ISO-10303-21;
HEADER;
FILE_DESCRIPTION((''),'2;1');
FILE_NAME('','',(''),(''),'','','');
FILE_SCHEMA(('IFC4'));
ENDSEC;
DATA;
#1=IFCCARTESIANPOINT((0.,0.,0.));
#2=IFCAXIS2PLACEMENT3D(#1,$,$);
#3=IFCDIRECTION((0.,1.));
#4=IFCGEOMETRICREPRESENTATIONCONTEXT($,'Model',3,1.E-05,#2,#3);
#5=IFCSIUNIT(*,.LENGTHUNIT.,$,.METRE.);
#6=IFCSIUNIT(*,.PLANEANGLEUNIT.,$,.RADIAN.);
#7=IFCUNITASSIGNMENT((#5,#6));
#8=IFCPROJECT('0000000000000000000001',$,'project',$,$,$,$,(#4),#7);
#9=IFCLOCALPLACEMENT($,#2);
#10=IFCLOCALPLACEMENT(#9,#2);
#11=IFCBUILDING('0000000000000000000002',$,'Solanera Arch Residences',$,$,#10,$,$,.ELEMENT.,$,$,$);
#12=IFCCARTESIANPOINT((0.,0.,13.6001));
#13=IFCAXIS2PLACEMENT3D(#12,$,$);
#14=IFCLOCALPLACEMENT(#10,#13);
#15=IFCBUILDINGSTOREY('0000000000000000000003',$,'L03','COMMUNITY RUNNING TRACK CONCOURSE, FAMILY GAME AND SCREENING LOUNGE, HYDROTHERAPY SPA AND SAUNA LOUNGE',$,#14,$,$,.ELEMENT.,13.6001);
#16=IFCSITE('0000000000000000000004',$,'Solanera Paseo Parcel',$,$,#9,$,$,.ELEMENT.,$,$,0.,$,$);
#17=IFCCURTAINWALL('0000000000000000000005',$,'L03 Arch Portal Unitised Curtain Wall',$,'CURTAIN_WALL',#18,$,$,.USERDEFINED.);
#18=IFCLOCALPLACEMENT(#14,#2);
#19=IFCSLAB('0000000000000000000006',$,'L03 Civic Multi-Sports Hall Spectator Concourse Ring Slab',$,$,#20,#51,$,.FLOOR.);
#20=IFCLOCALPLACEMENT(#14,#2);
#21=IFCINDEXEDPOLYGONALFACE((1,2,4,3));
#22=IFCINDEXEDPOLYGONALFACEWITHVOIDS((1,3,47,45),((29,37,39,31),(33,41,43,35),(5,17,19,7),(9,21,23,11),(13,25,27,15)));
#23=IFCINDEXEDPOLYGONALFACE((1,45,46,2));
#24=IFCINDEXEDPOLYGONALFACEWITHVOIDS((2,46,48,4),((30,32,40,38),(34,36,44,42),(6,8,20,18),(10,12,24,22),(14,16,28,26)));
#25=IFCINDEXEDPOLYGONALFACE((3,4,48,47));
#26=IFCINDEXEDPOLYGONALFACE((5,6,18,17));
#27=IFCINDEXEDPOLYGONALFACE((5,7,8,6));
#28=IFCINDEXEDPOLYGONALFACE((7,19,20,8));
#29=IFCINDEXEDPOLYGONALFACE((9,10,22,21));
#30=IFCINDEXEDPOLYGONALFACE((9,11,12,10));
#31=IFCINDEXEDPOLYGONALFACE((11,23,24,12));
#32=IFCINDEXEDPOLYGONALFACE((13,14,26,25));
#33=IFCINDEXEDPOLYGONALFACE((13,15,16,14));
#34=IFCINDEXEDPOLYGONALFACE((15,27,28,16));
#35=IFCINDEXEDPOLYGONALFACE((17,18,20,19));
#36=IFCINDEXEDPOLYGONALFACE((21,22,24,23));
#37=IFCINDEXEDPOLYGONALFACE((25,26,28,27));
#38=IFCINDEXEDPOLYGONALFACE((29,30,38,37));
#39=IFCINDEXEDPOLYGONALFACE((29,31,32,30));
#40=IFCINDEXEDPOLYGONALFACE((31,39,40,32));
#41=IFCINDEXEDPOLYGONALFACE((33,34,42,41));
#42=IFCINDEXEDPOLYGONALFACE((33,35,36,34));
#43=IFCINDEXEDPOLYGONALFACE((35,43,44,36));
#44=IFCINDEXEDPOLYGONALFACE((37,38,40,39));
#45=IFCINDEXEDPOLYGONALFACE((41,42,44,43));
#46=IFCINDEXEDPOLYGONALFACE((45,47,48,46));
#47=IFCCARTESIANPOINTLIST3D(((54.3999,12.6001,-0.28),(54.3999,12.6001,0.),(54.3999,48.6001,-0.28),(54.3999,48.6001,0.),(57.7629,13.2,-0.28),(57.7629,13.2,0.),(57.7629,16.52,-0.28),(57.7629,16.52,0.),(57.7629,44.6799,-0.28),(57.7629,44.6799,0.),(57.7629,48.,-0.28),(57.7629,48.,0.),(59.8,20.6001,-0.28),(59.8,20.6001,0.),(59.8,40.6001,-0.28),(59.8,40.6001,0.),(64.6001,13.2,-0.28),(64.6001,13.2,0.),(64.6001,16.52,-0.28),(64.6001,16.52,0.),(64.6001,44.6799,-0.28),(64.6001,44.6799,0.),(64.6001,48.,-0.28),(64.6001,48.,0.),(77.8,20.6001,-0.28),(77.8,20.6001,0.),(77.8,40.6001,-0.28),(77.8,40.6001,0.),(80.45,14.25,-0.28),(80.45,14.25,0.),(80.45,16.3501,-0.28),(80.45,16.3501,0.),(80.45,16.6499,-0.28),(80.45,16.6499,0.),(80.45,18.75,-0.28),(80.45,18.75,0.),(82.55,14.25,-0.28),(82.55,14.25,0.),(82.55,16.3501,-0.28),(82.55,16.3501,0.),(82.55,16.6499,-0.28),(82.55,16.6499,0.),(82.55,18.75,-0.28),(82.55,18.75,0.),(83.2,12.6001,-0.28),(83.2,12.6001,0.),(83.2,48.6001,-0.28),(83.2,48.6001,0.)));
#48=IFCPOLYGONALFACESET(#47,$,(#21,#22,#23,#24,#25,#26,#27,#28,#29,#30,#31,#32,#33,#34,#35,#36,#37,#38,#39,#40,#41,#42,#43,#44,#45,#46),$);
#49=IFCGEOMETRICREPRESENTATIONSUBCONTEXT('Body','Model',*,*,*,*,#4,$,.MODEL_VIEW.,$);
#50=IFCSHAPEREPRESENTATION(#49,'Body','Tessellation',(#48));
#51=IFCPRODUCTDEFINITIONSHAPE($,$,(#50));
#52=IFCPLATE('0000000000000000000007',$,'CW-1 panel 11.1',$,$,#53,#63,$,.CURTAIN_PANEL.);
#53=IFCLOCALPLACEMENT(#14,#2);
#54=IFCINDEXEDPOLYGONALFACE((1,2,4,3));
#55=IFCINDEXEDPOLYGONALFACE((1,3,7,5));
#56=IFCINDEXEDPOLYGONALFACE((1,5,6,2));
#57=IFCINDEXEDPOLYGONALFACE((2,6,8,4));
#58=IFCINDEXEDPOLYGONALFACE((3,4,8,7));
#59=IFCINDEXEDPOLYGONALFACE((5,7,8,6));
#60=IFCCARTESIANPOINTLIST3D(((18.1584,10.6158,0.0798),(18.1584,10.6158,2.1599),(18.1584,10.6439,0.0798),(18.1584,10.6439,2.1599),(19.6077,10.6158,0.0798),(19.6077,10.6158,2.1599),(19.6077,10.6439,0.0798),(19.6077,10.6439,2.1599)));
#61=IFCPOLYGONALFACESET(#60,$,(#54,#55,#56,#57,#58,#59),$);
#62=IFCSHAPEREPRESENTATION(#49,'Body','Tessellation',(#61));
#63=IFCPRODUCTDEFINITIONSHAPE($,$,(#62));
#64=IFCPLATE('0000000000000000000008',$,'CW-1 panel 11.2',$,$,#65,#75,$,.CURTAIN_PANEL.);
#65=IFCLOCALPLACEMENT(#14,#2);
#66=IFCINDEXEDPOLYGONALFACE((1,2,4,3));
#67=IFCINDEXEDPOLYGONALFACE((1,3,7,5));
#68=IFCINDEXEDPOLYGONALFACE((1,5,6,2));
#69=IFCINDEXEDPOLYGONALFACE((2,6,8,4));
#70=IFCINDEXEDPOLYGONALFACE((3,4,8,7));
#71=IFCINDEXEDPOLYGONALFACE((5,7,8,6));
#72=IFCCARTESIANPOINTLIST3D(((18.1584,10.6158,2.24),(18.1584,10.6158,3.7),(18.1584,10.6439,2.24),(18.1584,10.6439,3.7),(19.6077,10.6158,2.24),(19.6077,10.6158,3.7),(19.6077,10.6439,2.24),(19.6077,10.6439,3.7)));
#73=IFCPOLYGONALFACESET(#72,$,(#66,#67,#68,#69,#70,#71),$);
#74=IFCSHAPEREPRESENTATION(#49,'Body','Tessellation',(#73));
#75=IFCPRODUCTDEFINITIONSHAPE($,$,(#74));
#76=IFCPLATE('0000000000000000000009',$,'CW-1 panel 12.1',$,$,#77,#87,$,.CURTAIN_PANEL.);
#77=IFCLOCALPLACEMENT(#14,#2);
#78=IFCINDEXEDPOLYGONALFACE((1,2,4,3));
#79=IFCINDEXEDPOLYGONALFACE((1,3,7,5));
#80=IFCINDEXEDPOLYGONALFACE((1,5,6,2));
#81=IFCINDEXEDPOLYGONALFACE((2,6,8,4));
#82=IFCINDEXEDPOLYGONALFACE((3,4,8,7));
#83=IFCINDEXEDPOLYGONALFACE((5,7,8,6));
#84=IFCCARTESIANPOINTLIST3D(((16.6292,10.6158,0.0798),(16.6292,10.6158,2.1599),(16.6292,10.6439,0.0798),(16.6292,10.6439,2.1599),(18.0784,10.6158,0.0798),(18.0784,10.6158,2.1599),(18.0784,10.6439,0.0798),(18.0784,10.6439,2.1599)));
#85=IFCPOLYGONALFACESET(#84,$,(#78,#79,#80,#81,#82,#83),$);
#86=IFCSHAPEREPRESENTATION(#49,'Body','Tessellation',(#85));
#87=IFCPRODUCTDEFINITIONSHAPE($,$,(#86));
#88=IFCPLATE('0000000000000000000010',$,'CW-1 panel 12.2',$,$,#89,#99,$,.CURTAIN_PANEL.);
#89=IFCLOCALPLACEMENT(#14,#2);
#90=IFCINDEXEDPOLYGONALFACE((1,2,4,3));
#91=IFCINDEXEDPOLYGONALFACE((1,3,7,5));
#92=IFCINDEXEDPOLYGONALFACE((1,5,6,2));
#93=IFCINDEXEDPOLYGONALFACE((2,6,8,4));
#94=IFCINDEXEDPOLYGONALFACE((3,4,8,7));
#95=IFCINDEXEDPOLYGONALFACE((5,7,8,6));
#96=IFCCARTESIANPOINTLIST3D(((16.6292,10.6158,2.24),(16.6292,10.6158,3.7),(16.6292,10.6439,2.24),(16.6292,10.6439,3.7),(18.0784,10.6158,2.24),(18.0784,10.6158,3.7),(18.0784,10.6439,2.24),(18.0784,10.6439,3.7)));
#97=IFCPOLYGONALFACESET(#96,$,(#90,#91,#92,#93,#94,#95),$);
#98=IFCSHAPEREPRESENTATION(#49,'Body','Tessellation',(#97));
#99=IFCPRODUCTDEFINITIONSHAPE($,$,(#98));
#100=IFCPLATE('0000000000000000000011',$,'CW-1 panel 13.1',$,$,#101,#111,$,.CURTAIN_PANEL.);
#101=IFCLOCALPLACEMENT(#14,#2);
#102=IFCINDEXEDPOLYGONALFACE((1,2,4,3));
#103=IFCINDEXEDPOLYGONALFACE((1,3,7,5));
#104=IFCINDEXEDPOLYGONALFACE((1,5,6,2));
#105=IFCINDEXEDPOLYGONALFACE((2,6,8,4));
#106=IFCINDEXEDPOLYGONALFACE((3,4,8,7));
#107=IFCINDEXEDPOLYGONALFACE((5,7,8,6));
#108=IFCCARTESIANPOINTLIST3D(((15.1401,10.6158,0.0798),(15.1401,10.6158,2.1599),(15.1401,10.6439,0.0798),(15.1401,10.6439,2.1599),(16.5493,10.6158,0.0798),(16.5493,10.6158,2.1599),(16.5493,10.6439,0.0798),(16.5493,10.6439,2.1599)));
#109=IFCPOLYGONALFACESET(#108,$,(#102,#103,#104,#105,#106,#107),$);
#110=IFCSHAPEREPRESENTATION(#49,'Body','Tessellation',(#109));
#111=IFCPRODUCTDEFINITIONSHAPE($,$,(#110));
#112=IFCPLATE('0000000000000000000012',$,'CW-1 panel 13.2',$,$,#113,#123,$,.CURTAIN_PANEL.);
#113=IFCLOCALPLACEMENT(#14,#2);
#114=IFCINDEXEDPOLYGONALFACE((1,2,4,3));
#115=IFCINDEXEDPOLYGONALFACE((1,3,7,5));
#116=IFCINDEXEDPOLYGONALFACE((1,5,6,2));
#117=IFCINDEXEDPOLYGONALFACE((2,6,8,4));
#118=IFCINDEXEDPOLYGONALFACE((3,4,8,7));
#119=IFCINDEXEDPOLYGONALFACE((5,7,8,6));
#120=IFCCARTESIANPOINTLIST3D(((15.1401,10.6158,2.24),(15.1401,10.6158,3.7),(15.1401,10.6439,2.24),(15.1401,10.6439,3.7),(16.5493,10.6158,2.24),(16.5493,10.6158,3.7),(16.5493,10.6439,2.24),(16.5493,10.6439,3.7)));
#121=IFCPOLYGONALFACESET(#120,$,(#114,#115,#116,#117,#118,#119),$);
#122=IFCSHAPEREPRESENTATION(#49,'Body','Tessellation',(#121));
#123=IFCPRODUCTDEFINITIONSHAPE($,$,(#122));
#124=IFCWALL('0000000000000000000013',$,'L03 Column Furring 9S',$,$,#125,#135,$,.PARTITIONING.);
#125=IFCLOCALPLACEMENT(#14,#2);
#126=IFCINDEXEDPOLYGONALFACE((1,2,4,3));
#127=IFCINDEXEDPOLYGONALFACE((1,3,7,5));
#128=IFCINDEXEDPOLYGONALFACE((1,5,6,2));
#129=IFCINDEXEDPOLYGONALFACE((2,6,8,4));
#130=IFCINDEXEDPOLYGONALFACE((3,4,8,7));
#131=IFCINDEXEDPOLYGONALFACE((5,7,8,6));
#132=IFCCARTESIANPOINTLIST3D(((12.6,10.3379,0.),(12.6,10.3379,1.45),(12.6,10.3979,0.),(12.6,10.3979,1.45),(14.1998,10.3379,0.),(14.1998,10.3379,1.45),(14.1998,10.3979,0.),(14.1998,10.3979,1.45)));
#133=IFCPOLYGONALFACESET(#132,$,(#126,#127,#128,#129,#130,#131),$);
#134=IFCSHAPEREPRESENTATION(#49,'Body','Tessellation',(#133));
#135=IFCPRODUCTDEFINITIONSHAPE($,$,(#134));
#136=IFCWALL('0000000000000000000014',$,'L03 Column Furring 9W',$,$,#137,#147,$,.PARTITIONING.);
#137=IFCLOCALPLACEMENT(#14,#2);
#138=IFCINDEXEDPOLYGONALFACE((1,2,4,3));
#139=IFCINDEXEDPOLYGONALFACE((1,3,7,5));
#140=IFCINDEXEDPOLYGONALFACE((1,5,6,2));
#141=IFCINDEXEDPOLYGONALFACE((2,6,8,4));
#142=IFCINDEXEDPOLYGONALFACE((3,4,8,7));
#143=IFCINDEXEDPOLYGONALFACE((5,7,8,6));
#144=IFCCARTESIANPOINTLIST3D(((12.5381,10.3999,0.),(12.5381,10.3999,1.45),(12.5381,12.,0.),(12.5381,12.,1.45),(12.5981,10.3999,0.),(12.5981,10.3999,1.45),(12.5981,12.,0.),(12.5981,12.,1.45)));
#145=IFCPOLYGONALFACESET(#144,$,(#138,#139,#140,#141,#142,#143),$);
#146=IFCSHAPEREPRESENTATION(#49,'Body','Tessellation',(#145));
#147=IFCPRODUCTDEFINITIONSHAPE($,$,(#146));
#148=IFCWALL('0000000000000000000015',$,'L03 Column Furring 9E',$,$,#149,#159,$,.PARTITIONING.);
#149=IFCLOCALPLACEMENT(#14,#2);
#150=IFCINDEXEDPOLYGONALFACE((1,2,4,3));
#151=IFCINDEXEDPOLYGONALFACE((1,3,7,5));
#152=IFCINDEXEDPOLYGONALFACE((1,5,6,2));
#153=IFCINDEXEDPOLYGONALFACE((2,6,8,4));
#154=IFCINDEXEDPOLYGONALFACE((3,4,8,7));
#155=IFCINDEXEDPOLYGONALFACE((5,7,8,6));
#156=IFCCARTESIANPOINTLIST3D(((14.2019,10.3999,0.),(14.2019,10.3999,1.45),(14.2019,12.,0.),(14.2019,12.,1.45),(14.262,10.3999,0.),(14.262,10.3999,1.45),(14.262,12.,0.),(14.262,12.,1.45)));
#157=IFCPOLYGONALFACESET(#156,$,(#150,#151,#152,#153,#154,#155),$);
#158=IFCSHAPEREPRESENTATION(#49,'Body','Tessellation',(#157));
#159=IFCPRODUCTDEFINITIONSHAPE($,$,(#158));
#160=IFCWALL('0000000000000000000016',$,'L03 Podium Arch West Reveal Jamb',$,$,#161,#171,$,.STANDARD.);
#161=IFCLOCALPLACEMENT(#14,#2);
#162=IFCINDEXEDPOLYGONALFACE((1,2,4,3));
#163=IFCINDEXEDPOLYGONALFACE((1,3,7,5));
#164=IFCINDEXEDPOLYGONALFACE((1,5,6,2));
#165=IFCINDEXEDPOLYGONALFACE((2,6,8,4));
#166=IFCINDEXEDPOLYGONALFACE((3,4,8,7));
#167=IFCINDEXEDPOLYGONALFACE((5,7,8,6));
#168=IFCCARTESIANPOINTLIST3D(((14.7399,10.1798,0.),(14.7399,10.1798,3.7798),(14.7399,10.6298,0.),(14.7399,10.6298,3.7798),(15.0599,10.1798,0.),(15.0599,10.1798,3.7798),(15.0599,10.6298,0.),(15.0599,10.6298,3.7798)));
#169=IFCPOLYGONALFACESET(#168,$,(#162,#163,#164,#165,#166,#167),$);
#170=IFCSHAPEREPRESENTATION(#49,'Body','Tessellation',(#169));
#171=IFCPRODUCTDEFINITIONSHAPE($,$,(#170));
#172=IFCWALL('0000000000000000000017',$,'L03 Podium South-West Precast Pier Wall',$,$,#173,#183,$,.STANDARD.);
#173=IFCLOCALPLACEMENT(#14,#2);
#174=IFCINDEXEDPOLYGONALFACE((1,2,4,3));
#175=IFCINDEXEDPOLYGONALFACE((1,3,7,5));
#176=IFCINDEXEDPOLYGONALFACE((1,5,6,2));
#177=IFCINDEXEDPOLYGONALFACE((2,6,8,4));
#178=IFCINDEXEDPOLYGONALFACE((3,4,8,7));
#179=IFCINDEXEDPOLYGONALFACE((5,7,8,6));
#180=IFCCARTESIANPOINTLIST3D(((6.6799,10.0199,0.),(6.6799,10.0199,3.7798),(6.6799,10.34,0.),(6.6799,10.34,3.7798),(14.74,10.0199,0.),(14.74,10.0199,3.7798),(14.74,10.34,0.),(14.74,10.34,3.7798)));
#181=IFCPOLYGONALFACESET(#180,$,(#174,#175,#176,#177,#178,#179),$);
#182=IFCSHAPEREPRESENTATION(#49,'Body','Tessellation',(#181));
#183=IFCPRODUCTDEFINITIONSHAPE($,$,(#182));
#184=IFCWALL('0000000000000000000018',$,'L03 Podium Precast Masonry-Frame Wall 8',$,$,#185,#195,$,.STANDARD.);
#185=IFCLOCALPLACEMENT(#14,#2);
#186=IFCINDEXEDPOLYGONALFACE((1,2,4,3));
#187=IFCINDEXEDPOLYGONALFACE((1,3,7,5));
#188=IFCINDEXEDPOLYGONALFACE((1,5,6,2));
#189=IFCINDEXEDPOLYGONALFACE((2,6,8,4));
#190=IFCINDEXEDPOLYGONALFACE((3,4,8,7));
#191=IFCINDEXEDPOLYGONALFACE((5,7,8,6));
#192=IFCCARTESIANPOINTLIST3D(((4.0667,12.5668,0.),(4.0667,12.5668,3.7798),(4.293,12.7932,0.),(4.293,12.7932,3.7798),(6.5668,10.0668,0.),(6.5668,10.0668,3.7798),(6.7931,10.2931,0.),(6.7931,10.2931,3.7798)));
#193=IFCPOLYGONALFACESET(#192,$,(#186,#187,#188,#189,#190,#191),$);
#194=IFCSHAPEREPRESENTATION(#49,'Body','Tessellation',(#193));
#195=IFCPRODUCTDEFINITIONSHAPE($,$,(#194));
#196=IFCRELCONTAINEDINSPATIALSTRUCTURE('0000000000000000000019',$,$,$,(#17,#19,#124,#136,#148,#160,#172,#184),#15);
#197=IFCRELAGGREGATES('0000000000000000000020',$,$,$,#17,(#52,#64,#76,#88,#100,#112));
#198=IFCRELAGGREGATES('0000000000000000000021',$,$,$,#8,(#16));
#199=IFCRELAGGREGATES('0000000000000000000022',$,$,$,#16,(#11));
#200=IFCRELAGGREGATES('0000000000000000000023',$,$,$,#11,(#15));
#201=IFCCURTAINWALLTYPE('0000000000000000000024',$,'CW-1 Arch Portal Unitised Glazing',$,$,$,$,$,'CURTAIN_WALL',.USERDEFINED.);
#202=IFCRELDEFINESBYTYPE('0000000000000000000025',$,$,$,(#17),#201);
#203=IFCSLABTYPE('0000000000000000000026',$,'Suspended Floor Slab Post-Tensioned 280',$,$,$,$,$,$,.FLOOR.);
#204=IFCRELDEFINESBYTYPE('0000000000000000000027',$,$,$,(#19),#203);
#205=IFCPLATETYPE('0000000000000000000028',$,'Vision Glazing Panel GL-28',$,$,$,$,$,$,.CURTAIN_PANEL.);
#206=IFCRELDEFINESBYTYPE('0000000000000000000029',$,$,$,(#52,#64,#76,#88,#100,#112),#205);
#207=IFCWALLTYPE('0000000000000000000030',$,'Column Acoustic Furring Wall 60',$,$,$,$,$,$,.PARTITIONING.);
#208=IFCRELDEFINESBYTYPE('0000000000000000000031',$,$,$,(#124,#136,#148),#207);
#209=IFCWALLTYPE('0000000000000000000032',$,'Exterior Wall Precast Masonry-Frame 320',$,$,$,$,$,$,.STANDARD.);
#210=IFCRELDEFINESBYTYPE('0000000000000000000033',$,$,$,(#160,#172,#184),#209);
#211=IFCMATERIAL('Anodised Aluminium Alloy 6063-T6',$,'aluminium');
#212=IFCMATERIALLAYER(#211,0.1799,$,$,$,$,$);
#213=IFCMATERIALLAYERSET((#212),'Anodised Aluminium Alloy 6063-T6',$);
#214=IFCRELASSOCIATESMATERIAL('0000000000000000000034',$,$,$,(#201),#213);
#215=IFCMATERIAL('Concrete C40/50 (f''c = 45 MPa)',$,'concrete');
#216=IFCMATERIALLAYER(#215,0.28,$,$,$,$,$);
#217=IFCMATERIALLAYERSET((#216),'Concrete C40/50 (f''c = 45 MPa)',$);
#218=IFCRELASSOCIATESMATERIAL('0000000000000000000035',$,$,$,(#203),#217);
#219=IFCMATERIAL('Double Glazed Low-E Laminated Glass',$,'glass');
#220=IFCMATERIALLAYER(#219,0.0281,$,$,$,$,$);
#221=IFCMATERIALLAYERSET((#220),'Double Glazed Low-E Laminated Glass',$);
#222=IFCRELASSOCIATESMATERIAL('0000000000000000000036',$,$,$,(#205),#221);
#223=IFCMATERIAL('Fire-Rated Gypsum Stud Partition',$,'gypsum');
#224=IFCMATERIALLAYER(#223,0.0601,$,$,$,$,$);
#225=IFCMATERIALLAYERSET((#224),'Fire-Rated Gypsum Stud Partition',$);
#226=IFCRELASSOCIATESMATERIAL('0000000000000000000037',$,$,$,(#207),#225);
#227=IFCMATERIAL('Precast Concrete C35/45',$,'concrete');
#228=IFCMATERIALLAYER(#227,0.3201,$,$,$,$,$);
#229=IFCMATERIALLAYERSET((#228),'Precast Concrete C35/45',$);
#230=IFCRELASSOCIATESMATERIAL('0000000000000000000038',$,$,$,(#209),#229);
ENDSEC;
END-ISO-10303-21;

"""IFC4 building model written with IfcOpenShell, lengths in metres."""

from ifc_helpers import new_model, si_unit, direction, frame, frame_2d, origin, origin_2d, place, context, subcontext, project, spatial, polyline, rectangle, outline, extrude, material, layer, layer_set, type_object, element, aggregate, save


model = new_model("IFC4")

# Units and contexts
model_context = context("Model", 3, precision=1e-05, world=origin(), true_north=direction((0.0, 1.0)))
body_context = subcontext(model_context, "Body", "Model", "MODEL_VIEW")
ifc_project = project(units=[si_unit("LENGTHUNIT", "METRE"), si_unit("PLANEANGLEUNIT", "RADIAN")], contexts=[model_context])

# Site, building, storey
site_placement = place(None, origin())
site = spatial("IfcSite", under=ifc_project, at=site_placement, Name="Solanera Paseo Parcel", CompositionType="ELEMENT", RefElevation=0.0)
building_placement = place(site_placement, origin())
building = spatial("IfcBuilding", under=site, at=building_placement, Name="Solanera Arch Residences", CompositionType="ELEMENT")
storey_placement = place(building_placement, frame((0.0, 0.0, 13.6001)))
storey = spatial("IfcBuildingStorey", under=building, at=storey_placement, Name="L03", Description="COMMUNITY RUNNING TRACK CONCOURSE, FAMILY GAME AND SCREENING LOUNGE, HYDROTHERAPY SPA AND SAUNA LOUNGE", CompositionType="ELEMENT", Elevation=13.6001)

# Curtain wall
ifc_material_1 = material(Name="Anodised Aluminium Alloy 6063-T6", Category="aluminium")
ifc_layer_1 = layer(ifc_material_1, 0.1799)
ifc_layer_set_1 = layer_set([ifc_layer_1], Name="Anodised Aluminium Alloy 6063-T6")
curtain_wall_type = type_object("IfcCurtainWallType", Name="CW-1 Arch Portal Unitised Glazing", ElementType="CURTAIN_WALL", PredefinedType="USERDEFINED", material=ifc_layer_set_1)
curtain_wall_placement = place(storey_placement, origin())
curtain_wall = element("IfcCurtainWall", 1, at=curtain_wall_placement, inside=storey, type_object=curtain_wall_type, Name="L03 Arch Portal Unitised Curtain Wall", ObjectType="CURTAIN_WALL", PredefinedType="USERDEFINED")

# Slab
ifc_material_2 = material(Name="Concrete C40/50 (f'c = 45 MPa)", Category="concrete")
ifc_layer_2 = layer(ifc_material_2, 0.28)
ifc_layer_set_2 = layer_set([ifc_layer_2], Name="Concrete C40/50 (f'c = 45 MPa)")
slab_type_1 = type_object("IfcSlabType", Name="Suspended Floor Slab Post-Tensioned 280", PredefinedType="FLOOR", material=ifc_layer_set_2)
slab_1_placement = place(storey_placement, frame((0.0, 0.0, -0.28)))
element("IfcSlab", 2, at=slab_1_placement, inside=storey, type_object=slab_type_1, Name="L03 Civic Multi-Sports Hall Spectator Concourse Ring Slab", PredefinedType="FLOOR", context=body_context, shape_type="SweptSolid", body=[
    extrude(outline(polyline([(54.3999, 12.6001), (83.2, 12.6001), (83.2, 48.6001), (54.3999, 48.6001), (54.3999, 12.6001)]), holes=[polyline([(57.7629, 16.52), (64.6001, 16.52), (64.6001, 13.2), (57.7629, 13.2), (57.7629, 16.52)]), polyline([(57.7629, 48.0), (64.6001, 48.0), (64.6001, 44.6799), (57.7629, 44.6799), (57.7629, 48.0)]), polyline([(80.45, 16.3501), (82.55, 16.3501), (82.55, 14.25), (80.45, 14.25), (80.45, 16.3501)]), polyline([(80.45, 18.75), (82.55, 18.75), (82.55, 16.6499), (80.45, 16.6499), (80.45, 18.75)]), polyline([(59.8, 40.6001), (77.8, 40.6001), (77.8, 20.6001), (59.8, 20.6001), (59.8, 40.6001)])]), origin(), (0.0, 0.0, 1.0), 0.28),
])

# Plates
ifc_material_3 = material(Name="Double Glazed Low-E Laminated Glass", Category="glass")
ifc_layer_3 = layer(ifc_material_3, 0.0281)
ifc_layer_set_3 = layer_set([ifc_layer_3], Name="Double Glazed Low-E Laminated Glass")
plate_type = type_object("IfcPlateType", Name="Vision Glazing Panel GL-28", PredefinedType="CURTAIN_PANEL", material=ifc_layer_set_3)
plate_1_placement = place(storey_placement, frame((18.8831, 10.6299, 0.0798), z_axis=(0.0, 0.0, 1.0), x_axis=(-1.0, 0.0, 0.0)))
plate_1 = element("IfcPlate", 3, at=plate_1_placement, type_object=plate_type, Name="CW-1 panel 11.1", PredefinedType="CURTAIN_PANEL", context=body_context, shape_type="SweptSolid", body=[
    extrude(rectangle(XDim=1.4492, YDim=0.0281, at=origin_2d()), origin(), (0.0, 0.0, 1.0), 2.0801),
])
plate_2_placement = place(storey_placement, frame((18.8831, 10.6299, 2.24), z_axis=(0.0, 0.0, 1.0), x_axis=(-1.0, 0.0, 0.0)))
plate_2 = element("IfcPlate", 4, at=plate_2_placement, type_object=plate_type, Name="CW-1 panel 11.2", PredefinedType="CURTAIN_PANEL", context=body_context, shape_type="SweptSolid", body=[
    extrude(rectangle(XDim=1.4492, YDim=0.0281, at=origin_2d()), origin(), (0.0, 0.0, 1.0), 1.46),
])
plate_3_placement = place(storey_placement, frame((17.3538, 10.6299, 0.0798), z_axis=(0.0, 0.0, 1.0), x_axis=(-1.0, 0.0, 0.0)))
plate_3 = element("IfcPlate", 5, at=plate_3_placement, type_object=plate_type, Name="CW-1 panel 12.1", PredefinedType="CURTAIN_PANEL", context=body_context, shape_type="SweptSolid", body=[
    extrude(rectangle(XDim=1.4492, YDim=0.0281, at=origin_2d()), origin(), (0.0, 0.0, 1.0), 2.0801),
])
plate_4_placement = place(storey_placement, frame((17.3538, 10.6299, 2.24), z_axis=(0.0, 0.0, 1.0), x_axis=(-1.0, 0.0, 0.0)))
plate_4 = element("IfcPlate", 6, at=plate_4_placement, type_object=plate_type, Name="CW-1 panel 12.2", PredefinedType="CURTAIN_PANEL", context=body_context, shape_type="SweptSolid", body=[
    extrude(rectangle(XDim=1.4492, YDim=0.0281, at=origin_2d()), origin(), (0.0, 0.0, 1.0), 1.46),
])
plate_5_placement = place(storey_placement, frame((15.8447, 10.6299, 0.0798), z_axis=(0.0, 0.0, 1.0), x_axis=(-1.0, 0.0, 0.0)))
plate_5 = element("IfcPlate", 7, at=plate_5_placement, type_object=plate_type, Name="CW-1 panel 13.1", PredefinedType="CURTAIN_PANEL", context=body_context, shape_type="SweptSolid", body=[
    extrude(rectangle(XDim=1.4092, YDim=0.0281, at=origin_2d()), origin(), (0.0, 0.0, 1.0), 2.0801),
])
plate_6_placement = place(storey_placement, frame((15.8447, 10.6299, 2.24), z_axis=(0.0, 0.0, 1.0), x_axis=(-1.0, 0.0, 0.0)))
plate_6 = element("IfcPlate", 8, at=plate_6_placement, type_object=plate_type, Name="CW-1 panel 13.2", PredefinedType="CURTAIN_PANEL", context=body_context, shape_type="SweptSolid", body=[
    extrude(rectangle(XDim=1.4092, YDim=0.0281, at=origin_2d()), origin(), (0.0, 0.0, 1.0), 1.46),
])
aggregate(curtain_wall, [plate_1, plate_2, plate_3, plate_4, plate_5, plate_6])

# Walls
ifc_material_4 = material(Name="Fire-Rated Gypsum Stud Partition", Category="gypsum")
ifc_layer_4 = layer(ifc_material_4, 0.0601)
ifc_layer_set_4 = layer_set([ifc_layer_4], Name="Fire-Rated Gypsum Stud Partition")
wall_type_1 = type_object("IfcWallType", Name="Column Acoustic Furring Wall 60", PredefinedType="PARTITIONING", material=ifc_layer_set_4)
wall_1_placement = place(storey_placement, frame((12.6001, 10.3679, 0.0), z_axis=(0.0, 0.0, 1.0), x_axis=(1.0, 0.0, 0.0)))
element("IfcWall", 9, at=wall_1_placement, inside=storey, type_object=wall_type_1, Name="L03 Column Furring 9S", PredefinedType="PARTITIONING", context=body_context, shape_type="SweptSolid", body=[
    extrude(rectangle(XDim=1.5999, YDim=0.0601, at=frame_2d((0.7998, 0.0))), origin(), (0.0, 0.0, 1.0), 1.45),
])
for number, where, z_axis, x_axis, name in (
    (10, (12.5681, 10.3999, 0.0), (0.0, 0.0, 1.0), (0.0, 1.0, 0.0), "L03 Column Furring 9W"),
    (11, (14.2319, 10.3999, 0.0), (0.0, 0.0, 1.0), (0.0, 1.0, 0.0), "L03 Column Furring 9E"),
):
    element("IfcWall", number, at=place(storey_placement, frame(where, z_axis=z_axis, x_axis=x_axis)), inside=storey, type_object=wall_type_1, Name=name, PredefinedType="PARTITIONING", context=body_context, shape_type="SweptSolid", body=[
        extrude(rectangle(XDim=1.6001, YDim=0.0601, at=frame_2d((0.8, 0.0))), origin(), (0.0, 0.0, 1.0), 1.45),
    ])
ifc_material_5 = material(Name="Precast Concrete C35/45", Category="concrete")
ifc_layer_5 = layer(ifc_material_5, 0.3201)
ifc_layer_set_5 = layer_set([ifc_layer_5], Name="Precast Concrete C35/45")
wall_type_2 = type_object("IfcWallType", Name="Exterior Wall Precast Masonry-Frame 320", PredefinedType="STANDARD", material=ifc_layer_set_5)
wall_2_placement = place(storey_placement, frame((14.8999, 10.6299, 0.0), z_axis=(0.0, 0.0, 1.0), x_axis=(0.0, -1.0, 0.0)))
element("IfcWall", 12, at=wall_2_placement, inside=storey, type_object=wall_type_2, Name="L03 Podium Arch West Reveal Jamb", PredefinedType="STANDARD", context=body_context, shape_type="SweptSolid", body=[
    extrude(rectangle(XDim=0.45, YDim=0.3201, at=frame_2d((0.2251, 0.0))), origin(), (0.0, 0.0, 1.0), 3.7798),
])
wall_3_placement = place(storey_placement, frame((14.74, 10.1799, 0.0), z_axis=(0.0, 0.0, 1.0), x_axis=(-1.0, 0.0, 0.0)))
element("IfcWall", 13, at=wall_3_placement, inside=storey, type_object=wall_type_2, Name="L03 Podium South-West Precast Pier Wall", PredefinedType="STANDARD", context=body_context, shape_type="SweptSolid", body=[
    extrude(rectangle(XDim=8.0601, YDim=0.3201, at=frame_2d((4.03, 0.0))), origin(), (0.0, 0.0, 1.0), 3.7798),
])
wall_4_placement = place(storey_placement, frame((6.6799, 10.1799, 0.0), z_axis=(0.0, 0.0, 1.0), x_axis=(-0.707107, 0.707107, 0.0)))
element("IfcWall", 14, at=wall_4_placement, inside=storey, type_object=wall_type_2, Name="L03 Podium Precast Masonry-Frame Wall 8", PredefinedType="STANDARD", context=body_context, shape_type="SweptSolid", body=[
    extrude(rectangle(XDim=3.5356, YDim=0.3201, at=frame_2d((1.7678, 0.0))), origin(), (0.0, 0.0, 1.0), 3.7798),
])

save(model, "model.ifc")
